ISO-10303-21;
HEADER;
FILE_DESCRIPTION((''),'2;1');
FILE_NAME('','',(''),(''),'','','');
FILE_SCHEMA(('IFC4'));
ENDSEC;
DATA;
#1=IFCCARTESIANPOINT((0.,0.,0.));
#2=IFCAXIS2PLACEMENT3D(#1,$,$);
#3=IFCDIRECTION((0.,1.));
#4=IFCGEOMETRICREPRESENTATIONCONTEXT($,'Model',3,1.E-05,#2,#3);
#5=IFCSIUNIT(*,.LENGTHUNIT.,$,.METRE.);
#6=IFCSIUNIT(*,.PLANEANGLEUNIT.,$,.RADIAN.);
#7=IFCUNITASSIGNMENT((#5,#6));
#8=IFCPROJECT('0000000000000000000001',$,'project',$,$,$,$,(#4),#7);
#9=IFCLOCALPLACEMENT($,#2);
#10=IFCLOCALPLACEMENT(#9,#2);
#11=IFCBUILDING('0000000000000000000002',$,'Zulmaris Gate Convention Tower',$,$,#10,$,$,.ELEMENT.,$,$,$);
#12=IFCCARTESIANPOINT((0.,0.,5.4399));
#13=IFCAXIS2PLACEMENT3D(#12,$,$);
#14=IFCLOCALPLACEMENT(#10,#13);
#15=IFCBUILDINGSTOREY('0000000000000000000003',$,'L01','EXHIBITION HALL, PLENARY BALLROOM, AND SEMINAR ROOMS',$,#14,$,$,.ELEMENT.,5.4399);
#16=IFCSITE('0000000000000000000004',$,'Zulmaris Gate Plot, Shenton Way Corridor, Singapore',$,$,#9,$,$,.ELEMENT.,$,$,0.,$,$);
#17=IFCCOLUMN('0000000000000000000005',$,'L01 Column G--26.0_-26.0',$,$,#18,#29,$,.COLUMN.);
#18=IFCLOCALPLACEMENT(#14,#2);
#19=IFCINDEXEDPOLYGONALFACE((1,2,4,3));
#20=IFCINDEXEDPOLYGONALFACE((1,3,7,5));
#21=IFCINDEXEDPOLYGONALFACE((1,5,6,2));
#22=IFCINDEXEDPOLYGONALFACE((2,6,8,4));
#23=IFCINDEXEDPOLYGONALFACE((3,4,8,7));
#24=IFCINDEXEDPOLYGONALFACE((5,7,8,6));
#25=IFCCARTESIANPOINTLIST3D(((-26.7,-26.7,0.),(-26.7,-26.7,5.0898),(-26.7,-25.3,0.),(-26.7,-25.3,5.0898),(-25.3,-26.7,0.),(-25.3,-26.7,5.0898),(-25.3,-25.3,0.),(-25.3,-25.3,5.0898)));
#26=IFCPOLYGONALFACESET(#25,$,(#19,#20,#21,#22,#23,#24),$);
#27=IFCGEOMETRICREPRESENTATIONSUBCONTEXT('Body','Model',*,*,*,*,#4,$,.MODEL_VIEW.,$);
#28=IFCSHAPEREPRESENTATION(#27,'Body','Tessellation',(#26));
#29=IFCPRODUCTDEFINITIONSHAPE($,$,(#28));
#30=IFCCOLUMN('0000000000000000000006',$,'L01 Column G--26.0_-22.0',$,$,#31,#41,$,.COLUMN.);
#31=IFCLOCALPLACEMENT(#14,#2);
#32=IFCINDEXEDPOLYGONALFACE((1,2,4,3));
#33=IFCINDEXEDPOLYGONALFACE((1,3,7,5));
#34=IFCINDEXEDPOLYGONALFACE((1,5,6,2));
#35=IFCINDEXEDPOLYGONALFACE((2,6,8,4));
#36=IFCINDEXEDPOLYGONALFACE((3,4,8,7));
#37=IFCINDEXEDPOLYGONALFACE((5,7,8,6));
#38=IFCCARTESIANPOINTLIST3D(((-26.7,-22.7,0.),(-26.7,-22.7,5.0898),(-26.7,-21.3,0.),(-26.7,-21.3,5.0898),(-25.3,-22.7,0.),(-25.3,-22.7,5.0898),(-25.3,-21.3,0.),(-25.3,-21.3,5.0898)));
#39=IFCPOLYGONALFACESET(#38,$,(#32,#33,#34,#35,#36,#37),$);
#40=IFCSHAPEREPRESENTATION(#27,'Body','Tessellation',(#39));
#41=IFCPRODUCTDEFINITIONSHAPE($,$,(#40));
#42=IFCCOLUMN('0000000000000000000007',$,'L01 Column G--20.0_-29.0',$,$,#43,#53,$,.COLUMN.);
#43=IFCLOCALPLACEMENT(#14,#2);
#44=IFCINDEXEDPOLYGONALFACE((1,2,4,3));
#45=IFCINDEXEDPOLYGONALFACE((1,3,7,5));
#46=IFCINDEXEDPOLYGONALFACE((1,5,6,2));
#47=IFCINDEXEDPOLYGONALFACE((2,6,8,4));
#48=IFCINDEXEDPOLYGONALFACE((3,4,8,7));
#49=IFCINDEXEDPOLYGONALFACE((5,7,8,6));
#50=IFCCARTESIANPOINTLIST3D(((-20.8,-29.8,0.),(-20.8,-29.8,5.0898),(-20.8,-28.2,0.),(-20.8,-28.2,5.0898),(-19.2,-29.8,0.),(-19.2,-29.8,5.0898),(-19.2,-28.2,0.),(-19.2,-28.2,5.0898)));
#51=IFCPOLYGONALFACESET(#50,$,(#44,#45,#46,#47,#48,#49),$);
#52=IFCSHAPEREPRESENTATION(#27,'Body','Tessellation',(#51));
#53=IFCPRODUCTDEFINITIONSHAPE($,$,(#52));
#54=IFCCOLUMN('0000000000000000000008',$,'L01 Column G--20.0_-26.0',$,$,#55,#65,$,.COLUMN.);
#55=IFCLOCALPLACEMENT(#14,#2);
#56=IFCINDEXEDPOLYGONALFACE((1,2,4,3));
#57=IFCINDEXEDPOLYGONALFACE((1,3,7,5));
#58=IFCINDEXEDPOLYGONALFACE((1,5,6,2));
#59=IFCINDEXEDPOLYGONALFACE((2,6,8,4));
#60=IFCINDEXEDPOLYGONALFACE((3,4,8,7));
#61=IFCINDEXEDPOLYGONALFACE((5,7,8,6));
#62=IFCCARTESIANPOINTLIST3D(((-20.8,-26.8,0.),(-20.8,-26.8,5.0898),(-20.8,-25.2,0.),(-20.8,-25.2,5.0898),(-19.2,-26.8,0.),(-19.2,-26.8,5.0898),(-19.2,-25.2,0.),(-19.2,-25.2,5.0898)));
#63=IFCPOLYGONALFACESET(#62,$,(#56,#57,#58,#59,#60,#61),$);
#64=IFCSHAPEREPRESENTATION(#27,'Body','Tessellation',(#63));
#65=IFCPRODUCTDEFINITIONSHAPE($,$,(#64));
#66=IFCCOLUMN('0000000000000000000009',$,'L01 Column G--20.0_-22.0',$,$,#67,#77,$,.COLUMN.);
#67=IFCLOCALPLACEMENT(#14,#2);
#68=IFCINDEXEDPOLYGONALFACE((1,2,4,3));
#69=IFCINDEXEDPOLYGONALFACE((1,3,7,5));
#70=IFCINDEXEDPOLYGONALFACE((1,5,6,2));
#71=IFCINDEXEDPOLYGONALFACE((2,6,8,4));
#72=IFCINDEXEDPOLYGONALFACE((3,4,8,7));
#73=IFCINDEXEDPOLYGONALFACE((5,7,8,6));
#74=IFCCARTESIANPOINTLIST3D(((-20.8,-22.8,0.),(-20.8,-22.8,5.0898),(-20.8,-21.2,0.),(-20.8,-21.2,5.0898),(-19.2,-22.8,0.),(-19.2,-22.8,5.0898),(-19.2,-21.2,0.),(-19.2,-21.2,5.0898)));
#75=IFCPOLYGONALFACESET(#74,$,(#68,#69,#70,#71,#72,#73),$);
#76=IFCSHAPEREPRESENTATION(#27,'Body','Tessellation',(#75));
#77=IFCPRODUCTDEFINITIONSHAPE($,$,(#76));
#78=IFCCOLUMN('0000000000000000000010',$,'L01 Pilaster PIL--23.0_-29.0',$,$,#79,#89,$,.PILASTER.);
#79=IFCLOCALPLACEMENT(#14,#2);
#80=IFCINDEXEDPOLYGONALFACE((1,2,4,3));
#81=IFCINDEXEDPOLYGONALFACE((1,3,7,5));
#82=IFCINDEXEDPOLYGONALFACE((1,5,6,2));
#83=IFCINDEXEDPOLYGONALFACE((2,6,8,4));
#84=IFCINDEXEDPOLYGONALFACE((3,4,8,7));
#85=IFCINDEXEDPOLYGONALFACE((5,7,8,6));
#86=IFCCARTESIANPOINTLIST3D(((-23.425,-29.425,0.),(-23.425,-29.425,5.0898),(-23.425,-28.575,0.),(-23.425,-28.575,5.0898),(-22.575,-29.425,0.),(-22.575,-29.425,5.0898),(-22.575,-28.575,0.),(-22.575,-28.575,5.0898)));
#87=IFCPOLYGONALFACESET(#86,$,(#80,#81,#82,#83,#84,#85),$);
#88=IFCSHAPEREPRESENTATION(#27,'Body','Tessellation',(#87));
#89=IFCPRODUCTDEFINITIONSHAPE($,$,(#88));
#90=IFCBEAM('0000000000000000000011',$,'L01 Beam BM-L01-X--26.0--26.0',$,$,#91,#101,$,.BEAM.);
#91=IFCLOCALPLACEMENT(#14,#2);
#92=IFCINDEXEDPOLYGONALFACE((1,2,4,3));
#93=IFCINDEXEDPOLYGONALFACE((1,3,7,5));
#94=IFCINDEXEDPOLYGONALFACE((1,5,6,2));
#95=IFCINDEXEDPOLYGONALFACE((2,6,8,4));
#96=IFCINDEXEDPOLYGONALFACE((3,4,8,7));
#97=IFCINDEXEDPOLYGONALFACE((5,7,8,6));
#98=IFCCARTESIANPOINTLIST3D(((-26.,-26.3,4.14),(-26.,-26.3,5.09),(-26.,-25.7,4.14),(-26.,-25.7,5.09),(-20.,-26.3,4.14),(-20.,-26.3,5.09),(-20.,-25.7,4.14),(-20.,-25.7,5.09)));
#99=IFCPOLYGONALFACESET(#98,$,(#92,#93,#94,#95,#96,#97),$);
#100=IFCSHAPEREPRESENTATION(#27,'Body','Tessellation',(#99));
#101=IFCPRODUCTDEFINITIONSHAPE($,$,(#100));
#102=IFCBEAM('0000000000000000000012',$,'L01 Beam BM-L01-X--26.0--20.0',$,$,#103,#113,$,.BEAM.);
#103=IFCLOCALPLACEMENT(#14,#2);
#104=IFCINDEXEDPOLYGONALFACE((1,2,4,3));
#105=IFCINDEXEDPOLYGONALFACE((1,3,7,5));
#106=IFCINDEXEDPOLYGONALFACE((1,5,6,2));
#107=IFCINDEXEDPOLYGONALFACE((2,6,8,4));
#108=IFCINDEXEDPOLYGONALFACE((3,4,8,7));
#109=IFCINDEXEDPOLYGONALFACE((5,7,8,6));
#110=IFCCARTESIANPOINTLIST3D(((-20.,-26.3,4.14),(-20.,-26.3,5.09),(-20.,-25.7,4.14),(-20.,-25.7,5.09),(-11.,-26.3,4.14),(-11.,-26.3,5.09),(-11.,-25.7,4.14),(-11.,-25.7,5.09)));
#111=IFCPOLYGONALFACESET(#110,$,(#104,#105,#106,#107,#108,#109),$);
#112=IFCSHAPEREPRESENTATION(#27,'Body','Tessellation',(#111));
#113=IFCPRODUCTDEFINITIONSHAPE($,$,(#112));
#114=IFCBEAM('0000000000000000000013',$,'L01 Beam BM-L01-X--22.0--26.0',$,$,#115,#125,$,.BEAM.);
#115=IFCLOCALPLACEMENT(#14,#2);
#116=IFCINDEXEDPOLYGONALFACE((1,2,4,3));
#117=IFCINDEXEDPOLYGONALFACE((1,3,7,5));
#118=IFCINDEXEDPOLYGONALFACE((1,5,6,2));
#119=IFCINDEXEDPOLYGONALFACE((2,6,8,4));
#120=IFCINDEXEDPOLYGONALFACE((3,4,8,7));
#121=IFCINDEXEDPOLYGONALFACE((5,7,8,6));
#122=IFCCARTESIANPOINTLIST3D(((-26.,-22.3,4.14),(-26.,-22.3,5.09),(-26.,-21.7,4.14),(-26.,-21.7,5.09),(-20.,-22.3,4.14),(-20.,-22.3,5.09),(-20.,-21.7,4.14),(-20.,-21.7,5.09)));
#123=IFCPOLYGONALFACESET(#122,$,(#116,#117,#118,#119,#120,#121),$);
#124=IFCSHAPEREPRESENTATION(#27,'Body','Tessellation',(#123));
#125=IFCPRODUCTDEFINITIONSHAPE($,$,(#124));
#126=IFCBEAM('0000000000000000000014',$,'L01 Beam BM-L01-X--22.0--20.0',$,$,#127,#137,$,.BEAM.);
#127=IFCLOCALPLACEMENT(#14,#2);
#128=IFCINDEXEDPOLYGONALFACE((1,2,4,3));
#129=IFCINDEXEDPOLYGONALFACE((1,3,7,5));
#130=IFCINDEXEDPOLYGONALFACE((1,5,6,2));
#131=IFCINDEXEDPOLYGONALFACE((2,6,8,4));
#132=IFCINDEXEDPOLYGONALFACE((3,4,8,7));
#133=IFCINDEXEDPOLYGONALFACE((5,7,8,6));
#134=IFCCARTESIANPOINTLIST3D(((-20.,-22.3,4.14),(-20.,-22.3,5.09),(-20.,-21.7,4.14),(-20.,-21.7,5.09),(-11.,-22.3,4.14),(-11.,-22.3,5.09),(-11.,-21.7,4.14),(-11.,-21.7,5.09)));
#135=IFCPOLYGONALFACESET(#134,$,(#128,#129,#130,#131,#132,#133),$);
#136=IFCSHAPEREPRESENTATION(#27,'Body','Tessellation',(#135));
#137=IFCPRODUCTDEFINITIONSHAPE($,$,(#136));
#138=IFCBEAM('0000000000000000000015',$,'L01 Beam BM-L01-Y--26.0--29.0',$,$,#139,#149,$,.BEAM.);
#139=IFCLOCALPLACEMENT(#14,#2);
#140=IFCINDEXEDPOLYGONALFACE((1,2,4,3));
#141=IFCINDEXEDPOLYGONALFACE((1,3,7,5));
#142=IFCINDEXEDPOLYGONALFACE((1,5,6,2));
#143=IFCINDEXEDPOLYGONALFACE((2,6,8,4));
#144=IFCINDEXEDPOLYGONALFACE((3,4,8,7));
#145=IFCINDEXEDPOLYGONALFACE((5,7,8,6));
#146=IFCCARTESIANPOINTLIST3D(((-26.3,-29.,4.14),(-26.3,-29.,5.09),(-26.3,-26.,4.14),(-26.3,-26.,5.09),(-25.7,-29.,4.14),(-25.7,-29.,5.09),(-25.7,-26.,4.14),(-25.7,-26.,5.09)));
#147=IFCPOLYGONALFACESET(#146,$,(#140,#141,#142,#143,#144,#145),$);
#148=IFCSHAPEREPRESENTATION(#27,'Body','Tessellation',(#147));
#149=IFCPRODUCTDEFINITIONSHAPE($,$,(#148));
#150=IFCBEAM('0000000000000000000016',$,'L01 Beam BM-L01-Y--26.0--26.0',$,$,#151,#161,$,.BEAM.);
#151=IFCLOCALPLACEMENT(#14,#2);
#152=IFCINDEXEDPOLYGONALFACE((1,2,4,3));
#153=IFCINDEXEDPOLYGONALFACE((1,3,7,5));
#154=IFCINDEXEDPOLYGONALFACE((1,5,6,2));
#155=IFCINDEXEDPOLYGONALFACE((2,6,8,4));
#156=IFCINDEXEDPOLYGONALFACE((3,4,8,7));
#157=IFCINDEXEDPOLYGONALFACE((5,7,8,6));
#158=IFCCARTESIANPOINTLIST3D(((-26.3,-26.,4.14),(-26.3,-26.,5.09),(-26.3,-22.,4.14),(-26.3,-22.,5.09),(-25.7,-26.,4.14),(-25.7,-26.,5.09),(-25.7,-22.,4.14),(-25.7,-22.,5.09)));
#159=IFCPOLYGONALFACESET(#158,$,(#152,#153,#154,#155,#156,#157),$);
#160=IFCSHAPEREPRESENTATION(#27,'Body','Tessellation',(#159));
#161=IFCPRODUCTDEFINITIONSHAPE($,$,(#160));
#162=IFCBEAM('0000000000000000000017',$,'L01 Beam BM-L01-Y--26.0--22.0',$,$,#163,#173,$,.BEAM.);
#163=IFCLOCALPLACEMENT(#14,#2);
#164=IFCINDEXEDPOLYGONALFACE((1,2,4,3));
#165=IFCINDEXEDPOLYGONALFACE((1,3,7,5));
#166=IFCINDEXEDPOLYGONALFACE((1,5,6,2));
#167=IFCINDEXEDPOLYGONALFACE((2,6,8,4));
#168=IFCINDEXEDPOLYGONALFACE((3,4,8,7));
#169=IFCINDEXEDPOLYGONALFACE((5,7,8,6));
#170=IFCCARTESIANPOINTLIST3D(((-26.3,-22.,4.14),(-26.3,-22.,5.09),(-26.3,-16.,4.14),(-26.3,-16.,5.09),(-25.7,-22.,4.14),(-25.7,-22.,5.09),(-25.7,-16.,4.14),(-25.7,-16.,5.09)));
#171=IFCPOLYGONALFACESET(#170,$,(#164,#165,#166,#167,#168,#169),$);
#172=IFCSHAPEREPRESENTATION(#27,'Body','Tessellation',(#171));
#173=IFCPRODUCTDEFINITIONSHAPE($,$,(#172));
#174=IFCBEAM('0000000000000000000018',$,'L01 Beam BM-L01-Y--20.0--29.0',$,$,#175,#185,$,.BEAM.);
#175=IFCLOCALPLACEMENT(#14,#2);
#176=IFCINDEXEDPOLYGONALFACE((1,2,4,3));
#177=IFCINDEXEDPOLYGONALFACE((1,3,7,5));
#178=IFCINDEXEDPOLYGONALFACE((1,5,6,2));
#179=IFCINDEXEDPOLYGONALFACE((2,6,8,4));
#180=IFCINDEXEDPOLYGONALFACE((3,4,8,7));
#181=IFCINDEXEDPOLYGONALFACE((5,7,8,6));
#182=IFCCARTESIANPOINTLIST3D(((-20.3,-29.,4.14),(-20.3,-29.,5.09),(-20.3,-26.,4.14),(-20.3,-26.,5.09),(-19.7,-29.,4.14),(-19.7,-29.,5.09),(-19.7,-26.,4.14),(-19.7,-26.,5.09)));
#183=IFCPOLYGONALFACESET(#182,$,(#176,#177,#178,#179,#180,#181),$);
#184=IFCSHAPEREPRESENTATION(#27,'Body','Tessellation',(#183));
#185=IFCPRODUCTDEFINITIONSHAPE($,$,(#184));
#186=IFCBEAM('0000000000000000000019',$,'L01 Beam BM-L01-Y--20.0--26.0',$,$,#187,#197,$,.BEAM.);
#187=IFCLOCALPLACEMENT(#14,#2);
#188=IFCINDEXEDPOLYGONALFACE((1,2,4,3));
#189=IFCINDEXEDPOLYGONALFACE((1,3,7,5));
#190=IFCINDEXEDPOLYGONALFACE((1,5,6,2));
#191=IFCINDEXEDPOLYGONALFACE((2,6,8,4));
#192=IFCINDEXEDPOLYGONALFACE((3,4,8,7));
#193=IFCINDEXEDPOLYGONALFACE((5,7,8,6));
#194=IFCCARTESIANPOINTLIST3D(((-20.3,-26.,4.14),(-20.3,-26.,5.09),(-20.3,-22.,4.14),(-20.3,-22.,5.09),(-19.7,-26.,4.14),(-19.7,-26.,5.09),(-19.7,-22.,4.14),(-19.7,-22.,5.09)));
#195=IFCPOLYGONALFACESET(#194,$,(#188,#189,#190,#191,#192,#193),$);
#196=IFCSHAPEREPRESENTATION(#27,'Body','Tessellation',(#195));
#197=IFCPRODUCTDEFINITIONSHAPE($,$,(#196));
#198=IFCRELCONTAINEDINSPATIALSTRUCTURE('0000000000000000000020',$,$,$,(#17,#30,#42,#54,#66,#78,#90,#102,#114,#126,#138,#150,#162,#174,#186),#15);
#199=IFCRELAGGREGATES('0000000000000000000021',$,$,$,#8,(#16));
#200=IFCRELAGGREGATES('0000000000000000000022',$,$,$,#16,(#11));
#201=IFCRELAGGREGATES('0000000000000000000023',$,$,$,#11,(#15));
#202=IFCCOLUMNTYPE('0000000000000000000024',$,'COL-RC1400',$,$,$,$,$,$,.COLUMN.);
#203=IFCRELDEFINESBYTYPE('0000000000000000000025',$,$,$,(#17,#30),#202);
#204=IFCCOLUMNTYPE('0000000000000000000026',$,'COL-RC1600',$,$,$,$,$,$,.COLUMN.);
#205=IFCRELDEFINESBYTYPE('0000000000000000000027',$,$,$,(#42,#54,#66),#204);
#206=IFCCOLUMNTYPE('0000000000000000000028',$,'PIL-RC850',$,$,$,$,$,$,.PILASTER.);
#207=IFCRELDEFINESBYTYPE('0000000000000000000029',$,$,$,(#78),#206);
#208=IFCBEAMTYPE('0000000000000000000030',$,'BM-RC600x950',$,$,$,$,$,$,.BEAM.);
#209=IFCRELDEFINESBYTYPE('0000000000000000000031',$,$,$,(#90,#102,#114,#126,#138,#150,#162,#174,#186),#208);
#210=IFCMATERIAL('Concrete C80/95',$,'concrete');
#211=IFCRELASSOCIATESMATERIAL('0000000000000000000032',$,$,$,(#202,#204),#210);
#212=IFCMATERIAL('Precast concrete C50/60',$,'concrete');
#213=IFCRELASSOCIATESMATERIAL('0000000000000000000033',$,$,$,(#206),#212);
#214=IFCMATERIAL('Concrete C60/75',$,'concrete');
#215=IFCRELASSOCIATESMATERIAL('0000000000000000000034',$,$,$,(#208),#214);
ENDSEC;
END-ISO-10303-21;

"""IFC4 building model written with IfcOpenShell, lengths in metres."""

from ifc_helpers import new_model, si_unit, direction, frame, origin, origin_2d, place, context, subcontext, project, spatial, rectangle, extrude, material, material_profile, profile_set, type_object, element, save


model = new_model("IFC4")

# Units and contexts
model_context = context("Model", 3, precision=1e-05, world=origin(), true_north=direction((0.0, 1.0)))
body_context = subcontext(model_context, "Body", "Model", "MODEL_VIEW")
ifc_project = project(units=[si_unit("LENGTHUNIT", "METRE"), si_unit("PLANEANGLEUNIT", "RADIAN")], contexts=[model_context])

# Site, building, storey
site_placement = place(None, origin())
site = spatial("IfcSite", under=ifc_project, at=site_placement, Name="Zulmaris Gate Plot, Shenton Way Corridor, Singapore", CompositionType="ELEMENT", RefElevation=0.0)
building_placement = place(site_placement, origin())
building = spatial("IfcBuilding", under=site, at=building_placement, Name="Zulmaris Gate Convention Tower", CompositionType="ELEMENT")
storey_placement = place(building_placement, frame((0.0, 0.0, 5.4399)))
storey = spatial("IfcBuildingStorey", under=building, at=storey_placement, Name="L01", Description="EXHIBITION HALL, PLENARY BALLROOM, AND SEMINAR ROOMS", CompositionType="ELEMENT", Elevation=5.4399)

# Columns
ifc_material_1 = material(Name="Concrete C80/95", Category="concrete")
ifc_material_profile_1 = material_profile(ifc_material_1, rectangle(XDim=1.3999, YDim=1.3999, at=origin_2d()), Name="RC COL 1400x1400")
ifc_profile_set_1 = profile_set([ifc_material_profile_1], Name="Concrete C80/95")
column_type_1 = type_object("IfcColumnType", Name="COL-RC1400", PredefinedType="COLUMN", material=ifc_profile_set_1)
for number, where, z_axis, x_axis, name in (
    (1, (-26.0, -26.0, 0.0), (0.0, 0.0, 1.0), (1.0, 0.0, 0.0), "L01 Column G--26.0_-26.0"),
    (2, (-26.0, -22.0, 0.0), (0.0, 0.0, 1.0), (1.0, 0.0, 0.0), "L01 Column G--26.0_-22.0"),
):
    element("IfcColumn", number, at=place(storey_placement, frame(where, z_axis=z_axis, x_axis=x_axis)), inside=storey, type_object=column_type_1, Name=name, PredefinedType="COLUMN", context=body_context, shape_type="SweptSolid", body=[
        extrude(rectangle(XDim=1.3999, YDim=1.3999, at=origin_2d()), origin(), (0.0, 0.0, 1.0), 5.0898),
    ])
ifc_material_profile_2 = material_profile(ifc_material_1, rectangle(XDim=1.6001, YDim=1.6001, at=origin_2d()), Name="RC COL 1600x1600")
ifc_profile_set_2 = profile_set([ifc_material_profile_2], Name="Concrete C80/95")
column_type_2 = type_object("IfcColumnType", Name="COL-RC1600", PredefinedType="COLUMN", material=ifc_profile_set_2)
for number, where, z_axis, x_axis, name in (
    (3, (-20.0, -29.0, 0.0), (0.0, 0.0, 1.0), (1.0, 0.0, 0.0), "L01 Column G--20.0_-29.0"),
    (4, (-20.0, -26.0, 0.0), (0.0, 0.0, 1.0), (1.0, 0.0, 0.0), "L01 Column G--20.0_-26.0"),
    (5, (-20.0, -22.0, 0.0), (0.0, 0.0, 1.0), (1.0, 0.0, 0.0), "L01 Column G--20.0_-22.0"),
):
    element("IfcColumn", number, at=place(storey_placement, frame(where, z_axis=z_axis, x_axis=x_axis)), inside=storey, type_object=column_type_2, Name=name, PredefinedType="COLUMN", context=body_context, shape_type="SweptSolid", body=[
        extrude(rectangle(XDim=1.6001, YDim=1.6001, at=origin_2d()), origin(), (0.0, 0.0, 1.0), 5.0898),
    ])
ifc_material_2 = material(Name="Precast concrete C50/60", Category="concrete")
ifc_material_profile_3 = material_profile(ifc_material_2, rectangle(XDim=0.8501, YDim=0.8501, at=origin_2d()), Name="RC COL 850x850")
ifc_profile_set_3 = profile_set([ifc_material_profile_3], Name="Precast concrete C50/60")
column_type_3 = type_object("IfcColumnType", Name="PIL-RC850", PredefinedType="PILASTER", material=ifc_profile_set_3)
column_placement = place(storey_placement, frame((-23.0, -29.0, 0.0), z_axis=(0.0, 0.0, 1.0), x_axis=(1.0, 0.0, 0.0)))
element("IfcColumn", 6, at=column_placement, inside=storey, type_object=column_type_3, Name="L01 Pilaster PIL--23.0_-29.0", PredefinedType="PILASTER", context=body_context, shape_type="SweptSolid", body=[
    extrude(rectangle(XDim=0.8501, YDim=0.8501, at=origin_2d()), origin(), (0.0, 0.0, 1.0), 5.0898),
])

# Beams
ifc_material_3 = material(Name="Concrete C60/75", Category="concrete")
ifc_material_profile_4 = material_profile(ifc_material_3, rectangle(XDim=0.6001, YDim=0.95, at=origin_2d()), Name="RC BEAM 600x950")
ifc_profile_set_4 = profile_set([ifc_material_profile_4], Name="Concrete C60/75")
beam_type_1 = type_object("IfcBeamType", Name="BM-RC600x950", PredefinedType="BEAM", material=ifc_profile_set_4)
beam_1_placement = place(storey_placement, frame((-26.0, -26.0, 4.615), z_axis=(1.0, 0.0, 0.0), x_axis=(0.0, 1.0, 0.0)))
element("IfcBeam", 7, at=beam_1_placement, inside=storey, type_object=beam_type_1, Name="L01 Beam BM-L01-X--26.0--26.0", PredefinedType="BEAM", context=body_context, shape_type="SweptSolid", body=[
    extrude(rectangle(XDim=0.6001, YDim=0.95, at=origin_2d()), origin(), (0.0, 0.0, 1.0), 6.0),
])
beam_2_placement = place(storey_placement, frame((-20.0, -26.0, 4.615), z_axis=(1.0, 0.0, 0.0), x_axis=(0.0, 1.0, 0.0)))
element("IfcBeam", 8, at=beam_2_placement, inside=storey, type_object=beam_type_1, Name="L01 Beam BM-L01-X--26.0--20.0", PredefinedType="BEAM", context=body_context, shape_type="SweptSolid", body=[
    extrude(rectangle(XDim=0.6001, YDim=0.95, at=origin_2d()), origin(), (0.0, 0.0, 1.0), 9.0),
])
beam_3_placement = place(storey_placement, frame((-26.0, -22.0, 4.615), z_axis=(1.0, 0.0, 0.0), x_axis=(0.0, 1.0, 0.0)))
element("IfcBeam", 9, at=beam_3_placement, inside=storey, type_object=beam_type_1, Name="L01 Beam BM-L01-X--22.0--26.0", PredefinedType="BEAM", context=body_context, shape_type="SweptSolid", body=[
    extrude(rectangle(XDim=0.6001, YDim=0.95, at=origin_2d()), origin(), (0.0, 0.0, 1.0), 6.0),
])
beam_4_placement = place(storey_placement, frame((-20.0, -22.0, 4.615), z_axis=(1.0, 0.0, 0.0), x_axis=(0.0, 1.0, 0.0)))
element("IfcBeam", 10, at=beam_4_placement, inside=storey, type_object=beam_type_1, Name="L01 Beam BM-L01-X--22.0--20.0", PredefinedType="BEAM", context=body_context, shape_type="SweptSolid", body=[
    extrude(rectangle(XDim=0.6001, YDim=0.95, at=origin_2d()), origin(), (0.0, 0.0, 1.0), 9.0),
])
beam_5_placement = place(storey_placement, frame((-26.0, -29.0, 4.615), z_axis=(0.0, 1.0, 0.0), x_axis=(-1.0, 0.0, 0.0)))
element("IfcBeam", 11, at=beam_5_placement, inside=storey, type_object=beam_type_1, Name="L01 Beam BM-L01-Y--26.0--29.0", PredefinedType="BEAM", context=body_context, shape_type="SweptSolid", body=[
    extrude(rectangle(XDim=0.6001, YDim=0.95, at=origin_2d()), origin(), (0.0, 0.0, 1.0), 3.0),
])
beam_6_placement = place(storey_placement, frame((-26.0, -26.0, 4.615), z_axis=(0.0, 1.0, 0.0), x_axis=(-1.0, 0.0, 0.0)))
element("IfcBeam", 12, at=beam_6_placement, inside=storey, type_object=beam_type_1, Name="L01 Beam BM-L01-Y--26.0--26.0", PredefinedType="BEAM", context=body_context, shape_type="SweptSolid", body=[
    extrude(rectangle(XDim=0.6001, YDim=0.95, at=origin_2d()), origin(), (0.0, 0.0, 1.0), 4.0),
])
beam_7_placement = place(storey_placement, frame((-26.0, -22.0, 4.615), z_axis=(0.0, 1.0, 0.0), x_axis=(-1.0, 0.0, 0.0)))
element("IfcBeam", 13, at=beam_7_placement, inside=storey, type_object=beam_type_1, Name="L01 Beam BM-L01-Y--26.0--22.0", PredefinedType="BEAM", context=body_context, shape_type="SweptSolid", body=[
    extrude(rectangle(XDim=0.6001, YDim=0.95, at=origin_2d()), origin(), (0.0, 0.0, 1.0), 6.0),
])
beam_8_placement = place(storey_placement, frame((-20.0, -29.0, 4.615), z_axis=(0.0, 1.0, 0.0), x_axis=(-1.0, 0.0, 0.0)))
element("IfcBeam", 14, at=beam_8_placement, inside=storey, type_object=beam_type_1, Name="L01 Beam BM-L01-Y--20.0--29.0", PredefinedType="BEAM", context=body_context, shape_type="SweptSolid", body=[
    extrude(rectangle(XDim=0.6001, YDim=0.95, at=origin_2d()), origin(), (0.0, 0.0, 1.0), 3.0),
])
beam_9_placement = place(storey_placement, frame((-20.0, -26.0, 4.615), z_axis=(0.0, 1.0, 0.0), x_axis=(-1.0, 0.0, 0.0)))
element("IfcBeam", 15, at=beam_9_placement, inside=storey, type_object=beam_type_1, Name="L01 Beam BM-L01-Y--20.0--26.0", PredefinedType="BEAM", context=body_context, shape_type="SweptSolid", body=[
    extrude(rectangle(XDim=0.6001, YDim=0.95, at=origin_2d()), origin(), (0.0, 0.0, 1.0), 4.0),
])

save(model, "model.ifc")
